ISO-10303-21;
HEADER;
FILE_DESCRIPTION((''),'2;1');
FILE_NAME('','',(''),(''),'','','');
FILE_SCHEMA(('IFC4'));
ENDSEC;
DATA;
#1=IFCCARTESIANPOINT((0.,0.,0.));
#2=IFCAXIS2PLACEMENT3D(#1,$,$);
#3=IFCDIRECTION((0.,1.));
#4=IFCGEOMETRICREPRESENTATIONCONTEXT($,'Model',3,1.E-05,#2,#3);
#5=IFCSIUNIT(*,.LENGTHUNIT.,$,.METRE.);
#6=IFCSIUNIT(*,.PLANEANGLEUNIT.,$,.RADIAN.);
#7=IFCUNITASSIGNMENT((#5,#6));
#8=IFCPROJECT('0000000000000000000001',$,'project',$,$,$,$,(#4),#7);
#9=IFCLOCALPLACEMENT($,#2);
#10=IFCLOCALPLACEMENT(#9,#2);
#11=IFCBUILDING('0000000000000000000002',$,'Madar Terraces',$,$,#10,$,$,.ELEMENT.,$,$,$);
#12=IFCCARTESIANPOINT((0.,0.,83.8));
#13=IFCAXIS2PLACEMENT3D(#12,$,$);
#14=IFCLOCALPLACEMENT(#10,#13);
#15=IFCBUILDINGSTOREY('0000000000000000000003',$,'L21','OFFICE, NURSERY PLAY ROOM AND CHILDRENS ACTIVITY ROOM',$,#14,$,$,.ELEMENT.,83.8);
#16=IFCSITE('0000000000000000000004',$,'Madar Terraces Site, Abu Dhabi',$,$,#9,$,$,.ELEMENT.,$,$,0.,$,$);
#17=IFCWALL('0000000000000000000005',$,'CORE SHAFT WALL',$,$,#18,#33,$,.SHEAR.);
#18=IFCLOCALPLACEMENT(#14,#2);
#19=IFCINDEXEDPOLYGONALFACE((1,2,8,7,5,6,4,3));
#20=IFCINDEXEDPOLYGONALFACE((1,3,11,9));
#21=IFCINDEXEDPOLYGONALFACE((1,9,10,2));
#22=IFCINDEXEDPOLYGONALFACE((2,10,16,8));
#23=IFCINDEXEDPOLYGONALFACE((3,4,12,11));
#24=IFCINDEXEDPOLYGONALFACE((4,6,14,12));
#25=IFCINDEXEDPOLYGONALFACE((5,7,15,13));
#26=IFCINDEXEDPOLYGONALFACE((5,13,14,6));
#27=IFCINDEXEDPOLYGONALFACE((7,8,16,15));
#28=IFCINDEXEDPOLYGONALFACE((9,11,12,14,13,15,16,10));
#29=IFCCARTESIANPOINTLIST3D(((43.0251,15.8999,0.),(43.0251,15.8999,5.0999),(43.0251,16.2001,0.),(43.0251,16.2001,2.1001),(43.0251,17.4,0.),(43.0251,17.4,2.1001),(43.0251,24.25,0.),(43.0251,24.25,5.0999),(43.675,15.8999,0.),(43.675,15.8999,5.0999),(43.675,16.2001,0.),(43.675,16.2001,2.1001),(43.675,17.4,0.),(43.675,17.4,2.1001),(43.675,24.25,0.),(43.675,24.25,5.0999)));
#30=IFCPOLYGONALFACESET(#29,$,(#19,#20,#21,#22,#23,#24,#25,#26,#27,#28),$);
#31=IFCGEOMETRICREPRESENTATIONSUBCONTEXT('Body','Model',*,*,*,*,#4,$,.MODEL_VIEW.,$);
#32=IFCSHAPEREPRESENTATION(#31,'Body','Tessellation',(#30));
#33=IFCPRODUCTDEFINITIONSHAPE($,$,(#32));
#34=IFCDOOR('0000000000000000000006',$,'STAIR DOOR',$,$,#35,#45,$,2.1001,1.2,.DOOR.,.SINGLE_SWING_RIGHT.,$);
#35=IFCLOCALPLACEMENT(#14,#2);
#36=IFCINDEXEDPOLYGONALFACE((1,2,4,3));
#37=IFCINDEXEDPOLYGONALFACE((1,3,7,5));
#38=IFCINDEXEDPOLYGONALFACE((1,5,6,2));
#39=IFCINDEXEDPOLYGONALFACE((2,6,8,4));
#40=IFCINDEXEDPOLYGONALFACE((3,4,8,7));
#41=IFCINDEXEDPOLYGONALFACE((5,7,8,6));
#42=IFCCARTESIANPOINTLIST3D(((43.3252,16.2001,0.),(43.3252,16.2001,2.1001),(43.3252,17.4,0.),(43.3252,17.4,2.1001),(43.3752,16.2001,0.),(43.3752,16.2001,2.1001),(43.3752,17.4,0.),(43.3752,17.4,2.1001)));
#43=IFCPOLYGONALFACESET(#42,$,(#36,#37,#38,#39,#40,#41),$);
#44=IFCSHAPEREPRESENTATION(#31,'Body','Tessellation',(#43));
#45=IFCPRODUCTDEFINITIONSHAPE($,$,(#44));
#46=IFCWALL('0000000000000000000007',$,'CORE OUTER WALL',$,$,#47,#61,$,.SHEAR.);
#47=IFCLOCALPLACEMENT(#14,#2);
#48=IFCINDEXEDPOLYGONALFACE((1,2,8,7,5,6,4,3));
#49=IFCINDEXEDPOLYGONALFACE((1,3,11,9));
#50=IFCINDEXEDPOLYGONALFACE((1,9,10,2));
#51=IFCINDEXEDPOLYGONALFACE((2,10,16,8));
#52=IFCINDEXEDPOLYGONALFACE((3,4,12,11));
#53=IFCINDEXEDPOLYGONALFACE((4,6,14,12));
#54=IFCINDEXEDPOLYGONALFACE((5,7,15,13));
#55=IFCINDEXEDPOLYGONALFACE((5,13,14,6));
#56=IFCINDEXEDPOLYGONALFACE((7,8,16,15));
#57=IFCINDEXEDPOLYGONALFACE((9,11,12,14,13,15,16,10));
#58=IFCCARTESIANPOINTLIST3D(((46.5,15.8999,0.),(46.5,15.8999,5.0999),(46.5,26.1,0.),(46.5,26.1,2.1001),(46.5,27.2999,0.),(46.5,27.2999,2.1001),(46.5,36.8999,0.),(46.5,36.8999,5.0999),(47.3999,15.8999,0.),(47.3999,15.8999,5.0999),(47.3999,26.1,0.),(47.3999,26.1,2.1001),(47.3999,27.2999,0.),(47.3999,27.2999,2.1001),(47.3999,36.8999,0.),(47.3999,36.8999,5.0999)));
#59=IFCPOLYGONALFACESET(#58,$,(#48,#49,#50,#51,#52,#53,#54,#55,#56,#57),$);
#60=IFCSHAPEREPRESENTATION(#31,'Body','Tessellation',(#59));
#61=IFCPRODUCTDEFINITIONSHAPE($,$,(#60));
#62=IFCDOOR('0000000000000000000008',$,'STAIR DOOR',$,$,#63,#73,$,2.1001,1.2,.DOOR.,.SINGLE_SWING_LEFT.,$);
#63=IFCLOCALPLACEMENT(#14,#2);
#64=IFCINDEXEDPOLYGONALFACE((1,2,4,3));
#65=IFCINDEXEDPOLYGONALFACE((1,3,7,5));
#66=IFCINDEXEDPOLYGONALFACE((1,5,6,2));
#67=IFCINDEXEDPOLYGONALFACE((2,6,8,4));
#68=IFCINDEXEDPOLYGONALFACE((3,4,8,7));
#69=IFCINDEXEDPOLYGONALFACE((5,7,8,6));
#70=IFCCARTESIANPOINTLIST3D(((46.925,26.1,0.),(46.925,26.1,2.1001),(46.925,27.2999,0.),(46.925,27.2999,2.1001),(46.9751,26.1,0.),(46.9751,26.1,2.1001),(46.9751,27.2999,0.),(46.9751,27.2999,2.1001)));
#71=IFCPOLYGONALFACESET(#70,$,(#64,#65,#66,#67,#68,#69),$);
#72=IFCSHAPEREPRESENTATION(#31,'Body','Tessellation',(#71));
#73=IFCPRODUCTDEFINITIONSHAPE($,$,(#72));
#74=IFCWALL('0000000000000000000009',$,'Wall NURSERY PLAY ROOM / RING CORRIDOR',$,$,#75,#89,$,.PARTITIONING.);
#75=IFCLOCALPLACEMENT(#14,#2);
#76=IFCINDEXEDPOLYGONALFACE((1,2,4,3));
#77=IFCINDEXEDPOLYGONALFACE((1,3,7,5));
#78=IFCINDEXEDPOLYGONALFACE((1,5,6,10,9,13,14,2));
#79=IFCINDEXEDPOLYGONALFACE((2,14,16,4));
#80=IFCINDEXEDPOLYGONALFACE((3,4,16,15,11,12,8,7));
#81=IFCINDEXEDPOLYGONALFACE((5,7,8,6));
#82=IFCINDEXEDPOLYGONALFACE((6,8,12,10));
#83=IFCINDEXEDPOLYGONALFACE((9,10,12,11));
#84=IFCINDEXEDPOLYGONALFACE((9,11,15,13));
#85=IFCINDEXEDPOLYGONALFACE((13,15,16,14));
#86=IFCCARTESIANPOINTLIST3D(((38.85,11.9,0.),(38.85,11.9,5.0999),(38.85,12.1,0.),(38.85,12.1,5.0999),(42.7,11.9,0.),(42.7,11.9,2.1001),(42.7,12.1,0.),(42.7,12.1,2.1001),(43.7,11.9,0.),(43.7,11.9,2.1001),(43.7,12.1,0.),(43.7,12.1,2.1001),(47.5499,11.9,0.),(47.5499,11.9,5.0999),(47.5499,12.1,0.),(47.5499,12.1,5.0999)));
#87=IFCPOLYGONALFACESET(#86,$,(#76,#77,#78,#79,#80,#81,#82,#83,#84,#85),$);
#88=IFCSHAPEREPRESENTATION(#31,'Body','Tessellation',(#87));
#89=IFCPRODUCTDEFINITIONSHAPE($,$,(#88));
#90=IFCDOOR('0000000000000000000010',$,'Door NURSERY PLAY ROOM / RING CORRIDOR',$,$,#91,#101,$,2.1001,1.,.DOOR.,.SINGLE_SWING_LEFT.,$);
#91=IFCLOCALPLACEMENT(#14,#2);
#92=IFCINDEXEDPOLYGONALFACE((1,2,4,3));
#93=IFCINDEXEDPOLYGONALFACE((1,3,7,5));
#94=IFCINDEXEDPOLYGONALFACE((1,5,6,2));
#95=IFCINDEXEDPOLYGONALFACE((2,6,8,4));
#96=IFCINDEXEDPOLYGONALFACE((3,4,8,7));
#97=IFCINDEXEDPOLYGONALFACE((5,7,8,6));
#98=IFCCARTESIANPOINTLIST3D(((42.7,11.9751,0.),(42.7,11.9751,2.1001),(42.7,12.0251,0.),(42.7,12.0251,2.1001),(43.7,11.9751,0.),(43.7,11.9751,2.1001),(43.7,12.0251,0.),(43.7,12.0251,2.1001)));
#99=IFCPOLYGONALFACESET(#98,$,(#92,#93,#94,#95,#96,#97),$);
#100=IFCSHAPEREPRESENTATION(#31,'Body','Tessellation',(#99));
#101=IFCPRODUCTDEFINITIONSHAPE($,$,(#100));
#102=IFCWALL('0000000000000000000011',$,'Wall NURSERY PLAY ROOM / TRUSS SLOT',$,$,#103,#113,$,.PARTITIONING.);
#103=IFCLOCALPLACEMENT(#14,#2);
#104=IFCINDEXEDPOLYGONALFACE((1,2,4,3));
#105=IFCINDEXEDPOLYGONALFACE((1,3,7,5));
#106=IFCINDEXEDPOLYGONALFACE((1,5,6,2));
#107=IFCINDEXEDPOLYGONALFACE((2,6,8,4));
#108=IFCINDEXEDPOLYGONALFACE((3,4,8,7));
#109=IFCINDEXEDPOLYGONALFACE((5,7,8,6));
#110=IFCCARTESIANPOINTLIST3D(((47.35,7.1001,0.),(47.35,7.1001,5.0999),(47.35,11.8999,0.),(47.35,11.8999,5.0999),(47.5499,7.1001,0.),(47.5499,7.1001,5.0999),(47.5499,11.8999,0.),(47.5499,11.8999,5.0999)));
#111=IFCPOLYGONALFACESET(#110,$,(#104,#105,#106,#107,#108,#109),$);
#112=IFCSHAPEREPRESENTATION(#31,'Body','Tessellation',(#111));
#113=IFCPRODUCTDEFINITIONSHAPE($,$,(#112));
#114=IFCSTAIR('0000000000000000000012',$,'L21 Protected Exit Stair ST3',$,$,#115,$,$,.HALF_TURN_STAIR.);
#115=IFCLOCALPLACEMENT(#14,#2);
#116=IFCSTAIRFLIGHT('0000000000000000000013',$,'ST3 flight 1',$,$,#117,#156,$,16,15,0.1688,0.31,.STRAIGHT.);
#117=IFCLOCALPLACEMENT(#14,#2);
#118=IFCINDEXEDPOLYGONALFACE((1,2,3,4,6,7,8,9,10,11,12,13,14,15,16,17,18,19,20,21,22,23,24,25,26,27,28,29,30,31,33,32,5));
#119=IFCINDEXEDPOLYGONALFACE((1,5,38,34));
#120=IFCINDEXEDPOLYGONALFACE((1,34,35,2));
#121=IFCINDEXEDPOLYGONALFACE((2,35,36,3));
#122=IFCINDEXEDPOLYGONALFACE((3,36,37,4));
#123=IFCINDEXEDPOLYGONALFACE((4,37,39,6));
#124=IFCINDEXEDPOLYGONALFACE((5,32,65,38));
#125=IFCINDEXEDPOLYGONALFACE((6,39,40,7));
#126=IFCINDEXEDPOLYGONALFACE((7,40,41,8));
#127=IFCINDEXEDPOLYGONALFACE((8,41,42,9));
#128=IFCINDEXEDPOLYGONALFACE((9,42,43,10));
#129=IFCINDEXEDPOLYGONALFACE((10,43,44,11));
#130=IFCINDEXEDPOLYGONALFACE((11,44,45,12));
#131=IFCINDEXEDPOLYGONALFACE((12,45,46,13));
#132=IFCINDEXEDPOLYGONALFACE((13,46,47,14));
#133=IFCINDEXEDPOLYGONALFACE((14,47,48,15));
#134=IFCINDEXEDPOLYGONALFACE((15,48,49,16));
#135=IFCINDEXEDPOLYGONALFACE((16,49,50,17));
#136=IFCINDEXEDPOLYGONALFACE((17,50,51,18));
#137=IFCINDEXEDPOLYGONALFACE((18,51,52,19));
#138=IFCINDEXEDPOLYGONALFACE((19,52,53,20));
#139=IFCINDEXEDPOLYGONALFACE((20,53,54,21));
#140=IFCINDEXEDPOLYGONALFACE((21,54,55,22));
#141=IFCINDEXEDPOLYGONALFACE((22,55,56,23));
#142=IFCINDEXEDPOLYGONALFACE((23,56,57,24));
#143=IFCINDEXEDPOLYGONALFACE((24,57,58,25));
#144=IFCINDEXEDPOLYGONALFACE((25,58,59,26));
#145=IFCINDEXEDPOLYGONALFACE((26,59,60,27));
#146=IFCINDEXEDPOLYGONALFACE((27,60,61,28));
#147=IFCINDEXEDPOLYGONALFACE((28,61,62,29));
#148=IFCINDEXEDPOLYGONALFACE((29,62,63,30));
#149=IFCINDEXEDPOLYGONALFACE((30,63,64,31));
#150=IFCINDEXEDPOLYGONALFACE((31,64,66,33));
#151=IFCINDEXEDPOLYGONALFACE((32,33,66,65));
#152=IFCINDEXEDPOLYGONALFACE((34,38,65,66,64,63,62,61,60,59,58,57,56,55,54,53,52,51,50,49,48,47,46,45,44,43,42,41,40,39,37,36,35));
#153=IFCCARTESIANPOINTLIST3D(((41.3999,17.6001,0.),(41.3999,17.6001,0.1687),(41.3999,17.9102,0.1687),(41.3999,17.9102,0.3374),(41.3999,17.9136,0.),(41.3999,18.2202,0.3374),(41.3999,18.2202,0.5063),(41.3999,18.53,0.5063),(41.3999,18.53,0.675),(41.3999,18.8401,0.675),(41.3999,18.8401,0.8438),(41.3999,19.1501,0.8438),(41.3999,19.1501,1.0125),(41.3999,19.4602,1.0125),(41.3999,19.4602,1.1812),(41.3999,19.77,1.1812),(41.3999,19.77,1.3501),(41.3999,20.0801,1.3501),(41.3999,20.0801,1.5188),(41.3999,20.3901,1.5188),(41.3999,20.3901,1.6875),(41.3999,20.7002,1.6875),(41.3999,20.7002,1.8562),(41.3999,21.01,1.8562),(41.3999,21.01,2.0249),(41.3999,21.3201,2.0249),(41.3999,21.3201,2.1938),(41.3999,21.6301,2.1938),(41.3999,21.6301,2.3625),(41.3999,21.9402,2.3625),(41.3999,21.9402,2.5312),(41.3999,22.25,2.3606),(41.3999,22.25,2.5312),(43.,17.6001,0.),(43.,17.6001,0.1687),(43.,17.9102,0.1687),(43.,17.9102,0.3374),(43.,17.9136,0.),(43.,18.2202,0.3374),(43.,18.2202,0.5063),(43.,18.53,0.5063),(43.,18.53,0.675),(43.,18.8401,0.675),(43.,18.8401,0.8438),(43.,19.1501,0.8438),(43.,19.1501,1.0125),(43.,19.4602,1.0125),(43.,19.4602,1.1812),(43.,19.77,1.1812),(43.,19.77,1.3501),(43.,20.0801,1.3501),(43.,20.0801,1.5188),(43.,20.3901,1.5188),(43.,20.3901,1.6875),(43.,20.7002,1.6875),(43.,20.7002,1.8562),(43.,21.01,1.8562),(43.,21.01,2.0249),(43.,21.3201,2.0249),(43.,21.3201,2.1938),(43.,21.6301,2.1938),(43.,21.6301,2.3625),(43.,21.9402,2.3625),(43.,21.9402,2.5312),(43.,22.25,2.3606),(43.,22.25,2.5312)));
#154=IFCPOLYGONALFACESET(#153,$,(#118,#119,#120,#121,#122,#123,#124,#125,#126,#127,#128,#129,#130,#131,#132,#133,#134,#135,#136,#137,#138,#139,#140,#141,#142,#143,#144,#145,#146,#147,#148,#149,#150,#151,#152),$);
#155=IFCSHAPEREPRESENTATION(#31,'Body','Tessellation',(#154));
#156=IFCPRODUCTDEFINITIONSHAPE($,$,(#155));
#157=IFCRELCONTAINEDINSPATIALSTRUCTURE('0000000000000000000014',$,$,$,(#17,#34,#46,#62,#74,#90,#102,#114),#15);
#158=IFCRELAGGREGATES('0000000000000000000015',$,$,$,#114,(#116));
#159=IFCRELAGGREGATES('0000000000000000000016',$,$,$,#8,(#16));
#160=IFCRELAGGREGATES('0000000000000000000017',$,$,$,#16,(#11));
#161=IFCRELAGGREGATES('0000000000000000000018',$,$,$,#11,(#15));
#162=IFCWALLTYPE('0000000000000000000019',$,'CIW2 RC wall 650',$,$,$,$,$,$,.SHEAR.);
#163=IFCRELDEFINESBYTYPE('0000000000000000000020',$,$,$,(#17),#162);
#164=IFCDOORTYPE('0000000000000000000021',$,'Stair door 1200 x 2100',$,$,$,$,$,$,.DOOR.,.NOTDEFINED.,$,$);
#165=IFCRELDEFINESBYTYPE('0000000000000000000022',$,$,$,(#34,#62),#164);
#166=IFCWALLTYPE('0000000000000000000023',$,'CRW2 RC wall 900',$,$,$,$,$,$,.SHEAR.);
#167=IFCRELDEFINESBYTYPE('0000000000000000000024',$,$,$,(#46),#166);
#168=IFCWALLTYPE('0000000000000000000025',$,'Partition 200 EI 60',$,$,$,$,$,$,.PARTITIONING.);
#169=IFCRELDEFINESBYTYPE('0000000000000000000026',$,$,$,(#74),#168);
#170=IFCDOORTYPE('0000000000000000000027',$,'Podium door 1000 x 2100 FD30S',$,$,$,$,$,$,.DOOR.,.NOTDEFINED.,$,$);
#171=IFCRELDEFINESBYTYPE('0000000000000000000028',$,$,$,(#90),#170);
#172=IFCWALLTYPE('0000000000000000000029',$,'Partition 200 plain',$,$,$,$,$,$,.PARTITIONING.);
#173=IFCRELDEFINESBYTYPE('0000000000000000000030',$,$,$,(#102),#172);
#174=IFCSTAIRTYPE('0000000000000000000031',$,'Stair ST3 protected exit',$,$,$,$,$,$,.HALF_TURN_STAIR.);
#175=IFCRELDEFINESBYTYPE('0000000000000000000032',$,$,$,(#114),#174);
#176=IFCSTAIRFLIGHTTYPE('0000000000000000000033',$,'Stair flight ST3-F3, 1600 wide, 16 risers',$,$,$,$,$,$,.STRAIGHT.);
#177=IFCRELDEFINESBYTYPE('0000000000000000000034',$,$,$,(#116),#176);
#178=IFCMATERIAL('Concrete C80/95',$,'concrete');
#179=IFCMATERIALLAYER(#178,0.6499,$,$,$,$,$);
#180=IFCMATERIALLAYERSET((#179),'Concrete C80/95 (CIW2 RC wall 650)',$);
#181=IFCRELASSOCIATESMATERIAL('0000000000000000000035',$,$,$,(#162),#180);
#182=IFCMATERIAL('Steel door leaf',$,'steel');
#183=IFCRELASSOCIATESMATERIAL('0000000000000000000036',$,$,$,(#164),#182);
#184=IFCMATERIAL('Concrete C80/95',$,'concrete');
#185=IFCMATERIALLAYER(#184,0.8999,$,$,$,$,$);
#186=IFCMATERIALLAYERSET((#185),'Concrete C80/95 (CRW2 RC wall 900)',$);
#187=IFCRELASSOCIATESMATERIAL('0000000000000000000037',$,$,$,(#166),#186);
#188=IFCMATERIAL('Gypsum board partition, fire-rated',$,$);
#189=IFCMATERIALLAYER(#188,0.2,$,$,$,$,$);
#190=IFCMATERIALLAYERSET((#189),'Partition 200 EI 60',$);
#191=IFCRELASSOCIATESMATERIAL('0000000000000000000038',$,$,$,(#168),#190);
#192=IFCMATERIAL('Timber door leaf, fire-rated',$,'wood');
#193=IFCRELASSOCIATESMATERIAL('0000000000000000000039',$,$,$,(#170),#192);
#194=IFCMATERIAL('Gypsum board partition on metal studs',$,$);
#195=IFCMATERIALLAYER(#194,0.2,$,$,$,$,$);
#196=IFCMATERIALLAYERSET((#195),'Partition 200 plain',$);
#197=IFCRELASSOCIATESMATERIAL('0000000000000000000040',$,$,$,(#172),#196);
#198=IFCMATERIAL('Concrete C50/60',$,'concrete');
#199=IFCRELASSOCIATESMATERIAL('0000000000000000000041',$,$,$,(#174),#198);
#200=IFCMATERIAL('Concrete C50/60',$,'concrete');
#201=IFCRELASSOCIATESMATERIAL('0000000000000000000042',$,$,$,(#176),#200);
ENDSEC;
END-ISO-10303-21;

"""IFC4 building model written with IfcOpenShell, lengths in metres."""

from ifc_helpers import new_model, si_unit, direction, frame, frame_2d, origin, place, context, subcontext, project, spatial, polyline, rectangle, outline, extrude, material, layer, layer_set, type_object, element, fill, aggregate, save


model = new_model("IFC4")

# Units and contexts
model_context = context("Model", 3, precision=1e-05, world=origin(), true_north=direction((0.0, 1.0)))
body_context = subcontext(model_context, "Body", "Model", "MODEL_VIEW")
ifc_project = project(units=[si_unit("LENGTHUNIT", "METRE"), si_unit("PLANEANGLEUNIT", "RADIAN")], contexts=[model_context])

# Site, building, storey
site_placement = place(None, origin())
site = spatial("IfcSite", under=ifc_project, at=site_placement, Name="Madar Terraces Site, Abu Dhabi", CompositionType="ELEMENT", RefElevation=0.0)
building_placement = place(site_placement, origin())
building = spatial("IfcBuilding", under=site, at=building_placement, Name="Madar Terraces", CompositionType="ELEMENT")
storey_placement = place(building_placement, frame((0.0, 0.0, 83.8)))
storey = spatial("IfcBuildingStorey", under=building, at=storey_placement, Name="L21", Description="OFFICE, NURSERY PLAY ROOM AND CHILDRENS ACTIVITY ROOM", CompositionType="ELEMENT", Elevation=83.8)

# Walls, openings, doors
ifc_material_1 = material(Name="Concrete C80/95", Category="concrete")
ifc_layer_1 = layer(ifc_material_1, 0.6499)
ifc_layer_set_1 = layer_set([ifc_layer_1], Name="Concrete C80/95 (CIW2 RC wall 650)")
wall_type_1 = type_object("IfcWallType", Name="CIW2 RC wall 650", PredefinedType="SHEAR", material=ifc_layer_set_1)
wall_1_placement = place(storey_placement, frame((43.3501, 15.8999, 0.0), z_axis=(0.0, 0.0, 1.0), x_axis=(0.0, 1.0, 0.0)))
wall_1 = element("IfcWall", 1, at=wall_1_placement, inside=storey, type_object=wall_type_1, Name="CORE SHAFT WALL", PredefinedType="SHEAR", context=body_context, shape_type="SweptSolid", body=[
    extrude(rectangle(XDim=8.3501, YDim=0.6499, at=frame_2d((4.175, 0.0))), origin(), (0.0, 0.0, 1.0), 5.0999),
])
opening_1_placement = place(wall_1_placement, frame((0.3, 0.0, 0.0)))
opening_1 = element("IfcOpeningElement", 2, at=opening_1_placement, cuts=wall_1, PredefinedType="OPENING", context=body_context, shape_type="SweptSolid", body=[
    extrude(rectangle(XDim=1.2, YDim=2.1001, at=frame_2d((0.6001, 1.05))), frame((0.0, 0.335, 0.0), z_axis=(0.0, -1.0, 0.0), x_axis=(1.0, 0.0, 0.0)), (0.0, 0.0, 1.0), 0.6699),
])
ifc_material_2 = material(Name="Steel door leaf", Category="steel")
door_type_1 = type_object("IfcDoorType", Name="Stair door 1200 x 2100", OperationType="NOTDEFINED", PredefinedType="DOOR", material=ifc_material_2)
door_1_placement = place(opening_1_placement, origin())
door_1 = element("IfcDoor", 3, at=door_1_placement, inside=storey, type_object=door_type_1, Name="STAIR DOOR", OperationType="SINGLE_SWING_RIGHT", OverallHeight=2.1001, OverallWidth=1.2, PredefinedType="DOOR", context=body_context, shape_type="SweptSolid", body=[
    extrude(rectangle(XDim=1.2, YDim=2.1001, at=frame_2d((0.6001, 1.05))), frame((0.0, 0.0249, 0.0), z_axis=(0.0, -1.0, 0.0), x_axis=(1.0, 0.0, 0.0)), (0.0, 0.0, 1.0), 0.05),
])
fill(opening_1, door_1)
ifc_material_3 = material(Name="Concrete C80/95", Category="concrete")
ifc_layer_2 = layer(ifc_material_3, 0.8999)
ifc_layer_set_2 = layer_set([ifc_layer_2], Name="Concrete C80/95 (CRW2 RC wall 900)")
wall_type_2 = type_object("IfcWallType", Name="CRW2 RC wall 900", PredefinedType="SHEAR", material=ifc_layer_set_2)
wall_2_placement = place(storey_placement, frame((46.95, 15.8999, 0.0), z_axis=(0.0, 0.0, 1.0), x_axis=(0.0, 1.0, 0.0)))
wall_2 = element("IfcWall", 4, at=wall_2_placement, inside=storey, type_object=wall_type_2, Name="CORE OUTER WALL", PredefinedType="SHEAR", context=body_context, shape_type="SweptSolid", body=[
    extrude(rectangle(XDim=21.0, YDim=0.8999, at=frame_2d((10.5, 0.0))), origin(), (0.0, 0.0, 1.0), 5.0999),
])
opening_2_placement = place(wall_2_placement, frame((10.2, 0.0, 0.0)))
opening_2 = element("IfcOpeningElement", 5, at=opening_2_placement, cuts=wall_2, PredefinedType="OPENING", context=body_context, shape_type="SweptSolid", body=[
    extrude(rectangle(XDim=1.2, YDim=2.1001, at=frame_2d((0.6001, 1.05))), frame((0.0, 0.46, 0.0), z_axis=(0.0, -1.0, 0.0), x_axis=(1.0, 0.0, 0.0)), (0.0, 0.0, 1.0), 0.9199),
])
door_2_placement = place(opening_2_placement, origin())
door_2 = element("IfcDoor", 6, at=door_2_placement, inside=storey, type_object=door_type_1, Name="STAIR DOOR", OperationType="SINGLE_SWING_LEFT", OverallHeight=2.1001, OverallWidth=1.2, PredefinedType="DOOR", context=body_context, shape_type="SweptSolid", body=[
    extrude(rectangle(XDim=1.2, YDim=2.1001, at=frame_2d((0.6001, 1.05))), frame((0.0, 0.0249, 0.0), z_axis=(0.0, -1.0, 0.0), x_axis=(1.0, 0.0, 0.0)), (0.0, 0.0, 1.0), 0.05),
])
fill(opening_2, door_2)
ifc_material_4 = material(Name="Gypsum board partition, fire-rated")
ifc_layer_3 = layer(ifc_material_4, 0.2)
ifc_layer_set_3 = layer_set([ifc_layer_3], Name="Partition 200 EI 60")
wall_type_3 = type_object("IfcWallType", Name="Partition 200 EI 60", PredefinedType="PARTITIONING", material=ifc_layer_set_3)
wall_3_placement = place(storey_placement, frame((47.55, 12.0, 0.0), z_axis=(0.0, 0.0, 1.0), x_axis=(-1.0, 0.0, 0.0)))
wall_3 = element("IfcWall", 7, at=wall_3_placement, inside=storey, type_object=wall_type_3, Name="Wall NURSERY PLAY ROOM / RING CORRIDOR", PredefinedType="PARTITIONING", context=body_context, shape_type="SweptSolid", body=[
    extrude(rectangle(XDim=8.7, YDim=0.2, at=frame_2d((4.3501, 0.0))), origin(), (0.0, 0.0, 1.0), 5.0999),
])
opening_3_placement = place(wall_3_placement, frame((3.8501, 0.0, 0.0)))
opening_3 = element("IfcOpeningElement", 8, at=opening_3_placement, cuts=wall_3, PredefinedType="OPENING", context=body_context, shape_type="SweptSolid", body=[
    extrude(rectangle(XDim=1.0, YDim=2.1001, at=frame_2d((0.5, 1.05))), frame((0.0, 0.1099, 0.0), z_axis=(0.0, -1.0, 0.0), x_axis=(1.0, 0.0, 0.0)), (0.0, 0.0, 1.0), 0.22),
])
ifc_material_5 = material(Name="Timber door leaf, fire-rated", Category="wood")
door_type_2 = type_object("IfcDoorType", Name="Podium door 1000 x 2100 FD30S", OperationType="NOTDEFINED", PredefinedType="DOOR", material=ifc_material_5)
door_3_placement = place(opening_3_placement, origin())
door_3 = element("IfcDoor", 9, at=door_3_placement, inside=storey, type_object=door_type_2, Name="Door NURSERY PLAY ROOM / RING CORRIDOR", OperationType="SINGLE_SWING_LEFT", OverallHeight=2.1001, OverallWidth=1.0, PredefinedType="DOOR", context=body_context, shape_type="SweptSolid", body=[
    extrude(rectangle(XDim=1.0, YDim=2.1001, at=frame_2d((0.5, 1.05))), frame((0.0, 0.0249, 0.0), z_axis=(0.0, -1.0, 0.0), x_axis=(1.0, 0.0, 0.0)), (0.0, 0.0, 1.0), 0.05),
])
fill(opening_3, door_3)

# Wall
ifc_material_6 = material(Name="Gypsum board partition on metal studs")
ifc_layer_4 = layer(ifc_material_6, 0.2)
ifc_layer_set_4 = layer_set([ifc_layer_4], Name="Partition 200 plain")
wall_type_4 = type_object("IfcWallType", Name="Partition 200 plain", PredefinedType="PARTITIONING", material=ifc_layer_set_4)
wall_4_placement = place(storey_placement, frame((47.45, 7.1001, 0.0), z_axis=(0.0, 0.0, 1.0), x_axis=(0.0, 1.0, 0.0)))
element("IfcWall", 10, at=wall_4_placement, inside=storey, type_object=wall_type_4, Name="Wall NURSERY PLAY ROOM / TRUSS SLOT", PredefinedType="PARTITIONING", context=body_context, shape_type="SweptSolid", body=[
    extrude(rectangle(XDim=4.7998, YDim=0.2, at=frame_2d((2.3999, 0.0))), origin(), (0.0, 0.0, 1.0), 5.0999),
])

# Stair, stair flight
ifc_material_7 = material(Name="Concrete C50/60", Category="concrete")
stair_type = type_object("IfcStairType", Name="Stair ST3 protected exit", PredefinedType="HALF_TURN_STAIR", material=ifc_material_7)
stair_placement = place(storey_placement, origin())
stair = element("IfcStair", 11, at=stair_placement, inside=storey, type_object=stair_type, Name="L21 Protected Exit Stair ST3", PredefinedType="HALF_TURN_STAIR")
ifc_material_8 = material(Name="Concrete C50/60", Category="concrete")
stair_flight_type = type_object("IfcStairFlightType", Name="Stair flight ST3-F3, 1600 wide, 16 risers", PredefinedType="STRAIGHT", material=ifc_material_8)
stair_flight_1_placement = place(storey_placement, frame((42.2, 17.6001, 0.0), z_axis=(0.0, 0.0, 1.0), x_axis=(0.0, 1.0, 0.0)))
stair_flight_1 = element("IfcStairFlight", 12, at=stair_flight_1_placement, type_object=stair_flight_type, Name="ST3 flight 1", NumberOfRisers=16, NumberOfTreads=15, PredefinedType="STRAIGHT", RiserHeight=0.1688, TreadLength=0.31, context=body_context, shape_type="SweptSolid", body=[
    extrude(outline(polyline([(0.0, 0.0), (0.0, 0.1687), (0.3101, 0.1687), (0.3101, 0.3374), (0.6201, 0.3374), (0.6201, 0.5063), (0.9299, 0.5063), (0.9299, 0.675), (1.24, 0.675), (1.24, 0.8438), (1.55, 0.8438), (1.55, 1.0125), (1.8601, 1.0125), (1.8601, 1.1812), (2.1699, 1.1812), (2.1699, 1.3501), (2.48, 1.3501), (2.48, 1.5188), (2.79, 1.5188), (2.79, 1.6875), (3.1001, 1.6875), (3.1001, 1.8562), (3.4099, 1.8562), (3.4099, 2.0249), (3.72, 2.0249), (3.72, 2.1938), (4.03, 2.1938), (4.03, 2.3625), (4.3401, 2.3625), (4.3401, 2.5312), (4.6499, 2.5312), (4.6499, 2.7), (4.6499, 2.3606), (0.3135, 0.0), (0.0, 0.0)])), frame((0.0, 0.8, 0.0), z_axis=(0.0, -1.0, 0.0), x_axis=(1.0, 0.0, 0.0)), (0.0, 0.0, 1.0), 1.6001),
])
aggregate(stair, [stair_flight_1])

save(model, "model.ifc")
